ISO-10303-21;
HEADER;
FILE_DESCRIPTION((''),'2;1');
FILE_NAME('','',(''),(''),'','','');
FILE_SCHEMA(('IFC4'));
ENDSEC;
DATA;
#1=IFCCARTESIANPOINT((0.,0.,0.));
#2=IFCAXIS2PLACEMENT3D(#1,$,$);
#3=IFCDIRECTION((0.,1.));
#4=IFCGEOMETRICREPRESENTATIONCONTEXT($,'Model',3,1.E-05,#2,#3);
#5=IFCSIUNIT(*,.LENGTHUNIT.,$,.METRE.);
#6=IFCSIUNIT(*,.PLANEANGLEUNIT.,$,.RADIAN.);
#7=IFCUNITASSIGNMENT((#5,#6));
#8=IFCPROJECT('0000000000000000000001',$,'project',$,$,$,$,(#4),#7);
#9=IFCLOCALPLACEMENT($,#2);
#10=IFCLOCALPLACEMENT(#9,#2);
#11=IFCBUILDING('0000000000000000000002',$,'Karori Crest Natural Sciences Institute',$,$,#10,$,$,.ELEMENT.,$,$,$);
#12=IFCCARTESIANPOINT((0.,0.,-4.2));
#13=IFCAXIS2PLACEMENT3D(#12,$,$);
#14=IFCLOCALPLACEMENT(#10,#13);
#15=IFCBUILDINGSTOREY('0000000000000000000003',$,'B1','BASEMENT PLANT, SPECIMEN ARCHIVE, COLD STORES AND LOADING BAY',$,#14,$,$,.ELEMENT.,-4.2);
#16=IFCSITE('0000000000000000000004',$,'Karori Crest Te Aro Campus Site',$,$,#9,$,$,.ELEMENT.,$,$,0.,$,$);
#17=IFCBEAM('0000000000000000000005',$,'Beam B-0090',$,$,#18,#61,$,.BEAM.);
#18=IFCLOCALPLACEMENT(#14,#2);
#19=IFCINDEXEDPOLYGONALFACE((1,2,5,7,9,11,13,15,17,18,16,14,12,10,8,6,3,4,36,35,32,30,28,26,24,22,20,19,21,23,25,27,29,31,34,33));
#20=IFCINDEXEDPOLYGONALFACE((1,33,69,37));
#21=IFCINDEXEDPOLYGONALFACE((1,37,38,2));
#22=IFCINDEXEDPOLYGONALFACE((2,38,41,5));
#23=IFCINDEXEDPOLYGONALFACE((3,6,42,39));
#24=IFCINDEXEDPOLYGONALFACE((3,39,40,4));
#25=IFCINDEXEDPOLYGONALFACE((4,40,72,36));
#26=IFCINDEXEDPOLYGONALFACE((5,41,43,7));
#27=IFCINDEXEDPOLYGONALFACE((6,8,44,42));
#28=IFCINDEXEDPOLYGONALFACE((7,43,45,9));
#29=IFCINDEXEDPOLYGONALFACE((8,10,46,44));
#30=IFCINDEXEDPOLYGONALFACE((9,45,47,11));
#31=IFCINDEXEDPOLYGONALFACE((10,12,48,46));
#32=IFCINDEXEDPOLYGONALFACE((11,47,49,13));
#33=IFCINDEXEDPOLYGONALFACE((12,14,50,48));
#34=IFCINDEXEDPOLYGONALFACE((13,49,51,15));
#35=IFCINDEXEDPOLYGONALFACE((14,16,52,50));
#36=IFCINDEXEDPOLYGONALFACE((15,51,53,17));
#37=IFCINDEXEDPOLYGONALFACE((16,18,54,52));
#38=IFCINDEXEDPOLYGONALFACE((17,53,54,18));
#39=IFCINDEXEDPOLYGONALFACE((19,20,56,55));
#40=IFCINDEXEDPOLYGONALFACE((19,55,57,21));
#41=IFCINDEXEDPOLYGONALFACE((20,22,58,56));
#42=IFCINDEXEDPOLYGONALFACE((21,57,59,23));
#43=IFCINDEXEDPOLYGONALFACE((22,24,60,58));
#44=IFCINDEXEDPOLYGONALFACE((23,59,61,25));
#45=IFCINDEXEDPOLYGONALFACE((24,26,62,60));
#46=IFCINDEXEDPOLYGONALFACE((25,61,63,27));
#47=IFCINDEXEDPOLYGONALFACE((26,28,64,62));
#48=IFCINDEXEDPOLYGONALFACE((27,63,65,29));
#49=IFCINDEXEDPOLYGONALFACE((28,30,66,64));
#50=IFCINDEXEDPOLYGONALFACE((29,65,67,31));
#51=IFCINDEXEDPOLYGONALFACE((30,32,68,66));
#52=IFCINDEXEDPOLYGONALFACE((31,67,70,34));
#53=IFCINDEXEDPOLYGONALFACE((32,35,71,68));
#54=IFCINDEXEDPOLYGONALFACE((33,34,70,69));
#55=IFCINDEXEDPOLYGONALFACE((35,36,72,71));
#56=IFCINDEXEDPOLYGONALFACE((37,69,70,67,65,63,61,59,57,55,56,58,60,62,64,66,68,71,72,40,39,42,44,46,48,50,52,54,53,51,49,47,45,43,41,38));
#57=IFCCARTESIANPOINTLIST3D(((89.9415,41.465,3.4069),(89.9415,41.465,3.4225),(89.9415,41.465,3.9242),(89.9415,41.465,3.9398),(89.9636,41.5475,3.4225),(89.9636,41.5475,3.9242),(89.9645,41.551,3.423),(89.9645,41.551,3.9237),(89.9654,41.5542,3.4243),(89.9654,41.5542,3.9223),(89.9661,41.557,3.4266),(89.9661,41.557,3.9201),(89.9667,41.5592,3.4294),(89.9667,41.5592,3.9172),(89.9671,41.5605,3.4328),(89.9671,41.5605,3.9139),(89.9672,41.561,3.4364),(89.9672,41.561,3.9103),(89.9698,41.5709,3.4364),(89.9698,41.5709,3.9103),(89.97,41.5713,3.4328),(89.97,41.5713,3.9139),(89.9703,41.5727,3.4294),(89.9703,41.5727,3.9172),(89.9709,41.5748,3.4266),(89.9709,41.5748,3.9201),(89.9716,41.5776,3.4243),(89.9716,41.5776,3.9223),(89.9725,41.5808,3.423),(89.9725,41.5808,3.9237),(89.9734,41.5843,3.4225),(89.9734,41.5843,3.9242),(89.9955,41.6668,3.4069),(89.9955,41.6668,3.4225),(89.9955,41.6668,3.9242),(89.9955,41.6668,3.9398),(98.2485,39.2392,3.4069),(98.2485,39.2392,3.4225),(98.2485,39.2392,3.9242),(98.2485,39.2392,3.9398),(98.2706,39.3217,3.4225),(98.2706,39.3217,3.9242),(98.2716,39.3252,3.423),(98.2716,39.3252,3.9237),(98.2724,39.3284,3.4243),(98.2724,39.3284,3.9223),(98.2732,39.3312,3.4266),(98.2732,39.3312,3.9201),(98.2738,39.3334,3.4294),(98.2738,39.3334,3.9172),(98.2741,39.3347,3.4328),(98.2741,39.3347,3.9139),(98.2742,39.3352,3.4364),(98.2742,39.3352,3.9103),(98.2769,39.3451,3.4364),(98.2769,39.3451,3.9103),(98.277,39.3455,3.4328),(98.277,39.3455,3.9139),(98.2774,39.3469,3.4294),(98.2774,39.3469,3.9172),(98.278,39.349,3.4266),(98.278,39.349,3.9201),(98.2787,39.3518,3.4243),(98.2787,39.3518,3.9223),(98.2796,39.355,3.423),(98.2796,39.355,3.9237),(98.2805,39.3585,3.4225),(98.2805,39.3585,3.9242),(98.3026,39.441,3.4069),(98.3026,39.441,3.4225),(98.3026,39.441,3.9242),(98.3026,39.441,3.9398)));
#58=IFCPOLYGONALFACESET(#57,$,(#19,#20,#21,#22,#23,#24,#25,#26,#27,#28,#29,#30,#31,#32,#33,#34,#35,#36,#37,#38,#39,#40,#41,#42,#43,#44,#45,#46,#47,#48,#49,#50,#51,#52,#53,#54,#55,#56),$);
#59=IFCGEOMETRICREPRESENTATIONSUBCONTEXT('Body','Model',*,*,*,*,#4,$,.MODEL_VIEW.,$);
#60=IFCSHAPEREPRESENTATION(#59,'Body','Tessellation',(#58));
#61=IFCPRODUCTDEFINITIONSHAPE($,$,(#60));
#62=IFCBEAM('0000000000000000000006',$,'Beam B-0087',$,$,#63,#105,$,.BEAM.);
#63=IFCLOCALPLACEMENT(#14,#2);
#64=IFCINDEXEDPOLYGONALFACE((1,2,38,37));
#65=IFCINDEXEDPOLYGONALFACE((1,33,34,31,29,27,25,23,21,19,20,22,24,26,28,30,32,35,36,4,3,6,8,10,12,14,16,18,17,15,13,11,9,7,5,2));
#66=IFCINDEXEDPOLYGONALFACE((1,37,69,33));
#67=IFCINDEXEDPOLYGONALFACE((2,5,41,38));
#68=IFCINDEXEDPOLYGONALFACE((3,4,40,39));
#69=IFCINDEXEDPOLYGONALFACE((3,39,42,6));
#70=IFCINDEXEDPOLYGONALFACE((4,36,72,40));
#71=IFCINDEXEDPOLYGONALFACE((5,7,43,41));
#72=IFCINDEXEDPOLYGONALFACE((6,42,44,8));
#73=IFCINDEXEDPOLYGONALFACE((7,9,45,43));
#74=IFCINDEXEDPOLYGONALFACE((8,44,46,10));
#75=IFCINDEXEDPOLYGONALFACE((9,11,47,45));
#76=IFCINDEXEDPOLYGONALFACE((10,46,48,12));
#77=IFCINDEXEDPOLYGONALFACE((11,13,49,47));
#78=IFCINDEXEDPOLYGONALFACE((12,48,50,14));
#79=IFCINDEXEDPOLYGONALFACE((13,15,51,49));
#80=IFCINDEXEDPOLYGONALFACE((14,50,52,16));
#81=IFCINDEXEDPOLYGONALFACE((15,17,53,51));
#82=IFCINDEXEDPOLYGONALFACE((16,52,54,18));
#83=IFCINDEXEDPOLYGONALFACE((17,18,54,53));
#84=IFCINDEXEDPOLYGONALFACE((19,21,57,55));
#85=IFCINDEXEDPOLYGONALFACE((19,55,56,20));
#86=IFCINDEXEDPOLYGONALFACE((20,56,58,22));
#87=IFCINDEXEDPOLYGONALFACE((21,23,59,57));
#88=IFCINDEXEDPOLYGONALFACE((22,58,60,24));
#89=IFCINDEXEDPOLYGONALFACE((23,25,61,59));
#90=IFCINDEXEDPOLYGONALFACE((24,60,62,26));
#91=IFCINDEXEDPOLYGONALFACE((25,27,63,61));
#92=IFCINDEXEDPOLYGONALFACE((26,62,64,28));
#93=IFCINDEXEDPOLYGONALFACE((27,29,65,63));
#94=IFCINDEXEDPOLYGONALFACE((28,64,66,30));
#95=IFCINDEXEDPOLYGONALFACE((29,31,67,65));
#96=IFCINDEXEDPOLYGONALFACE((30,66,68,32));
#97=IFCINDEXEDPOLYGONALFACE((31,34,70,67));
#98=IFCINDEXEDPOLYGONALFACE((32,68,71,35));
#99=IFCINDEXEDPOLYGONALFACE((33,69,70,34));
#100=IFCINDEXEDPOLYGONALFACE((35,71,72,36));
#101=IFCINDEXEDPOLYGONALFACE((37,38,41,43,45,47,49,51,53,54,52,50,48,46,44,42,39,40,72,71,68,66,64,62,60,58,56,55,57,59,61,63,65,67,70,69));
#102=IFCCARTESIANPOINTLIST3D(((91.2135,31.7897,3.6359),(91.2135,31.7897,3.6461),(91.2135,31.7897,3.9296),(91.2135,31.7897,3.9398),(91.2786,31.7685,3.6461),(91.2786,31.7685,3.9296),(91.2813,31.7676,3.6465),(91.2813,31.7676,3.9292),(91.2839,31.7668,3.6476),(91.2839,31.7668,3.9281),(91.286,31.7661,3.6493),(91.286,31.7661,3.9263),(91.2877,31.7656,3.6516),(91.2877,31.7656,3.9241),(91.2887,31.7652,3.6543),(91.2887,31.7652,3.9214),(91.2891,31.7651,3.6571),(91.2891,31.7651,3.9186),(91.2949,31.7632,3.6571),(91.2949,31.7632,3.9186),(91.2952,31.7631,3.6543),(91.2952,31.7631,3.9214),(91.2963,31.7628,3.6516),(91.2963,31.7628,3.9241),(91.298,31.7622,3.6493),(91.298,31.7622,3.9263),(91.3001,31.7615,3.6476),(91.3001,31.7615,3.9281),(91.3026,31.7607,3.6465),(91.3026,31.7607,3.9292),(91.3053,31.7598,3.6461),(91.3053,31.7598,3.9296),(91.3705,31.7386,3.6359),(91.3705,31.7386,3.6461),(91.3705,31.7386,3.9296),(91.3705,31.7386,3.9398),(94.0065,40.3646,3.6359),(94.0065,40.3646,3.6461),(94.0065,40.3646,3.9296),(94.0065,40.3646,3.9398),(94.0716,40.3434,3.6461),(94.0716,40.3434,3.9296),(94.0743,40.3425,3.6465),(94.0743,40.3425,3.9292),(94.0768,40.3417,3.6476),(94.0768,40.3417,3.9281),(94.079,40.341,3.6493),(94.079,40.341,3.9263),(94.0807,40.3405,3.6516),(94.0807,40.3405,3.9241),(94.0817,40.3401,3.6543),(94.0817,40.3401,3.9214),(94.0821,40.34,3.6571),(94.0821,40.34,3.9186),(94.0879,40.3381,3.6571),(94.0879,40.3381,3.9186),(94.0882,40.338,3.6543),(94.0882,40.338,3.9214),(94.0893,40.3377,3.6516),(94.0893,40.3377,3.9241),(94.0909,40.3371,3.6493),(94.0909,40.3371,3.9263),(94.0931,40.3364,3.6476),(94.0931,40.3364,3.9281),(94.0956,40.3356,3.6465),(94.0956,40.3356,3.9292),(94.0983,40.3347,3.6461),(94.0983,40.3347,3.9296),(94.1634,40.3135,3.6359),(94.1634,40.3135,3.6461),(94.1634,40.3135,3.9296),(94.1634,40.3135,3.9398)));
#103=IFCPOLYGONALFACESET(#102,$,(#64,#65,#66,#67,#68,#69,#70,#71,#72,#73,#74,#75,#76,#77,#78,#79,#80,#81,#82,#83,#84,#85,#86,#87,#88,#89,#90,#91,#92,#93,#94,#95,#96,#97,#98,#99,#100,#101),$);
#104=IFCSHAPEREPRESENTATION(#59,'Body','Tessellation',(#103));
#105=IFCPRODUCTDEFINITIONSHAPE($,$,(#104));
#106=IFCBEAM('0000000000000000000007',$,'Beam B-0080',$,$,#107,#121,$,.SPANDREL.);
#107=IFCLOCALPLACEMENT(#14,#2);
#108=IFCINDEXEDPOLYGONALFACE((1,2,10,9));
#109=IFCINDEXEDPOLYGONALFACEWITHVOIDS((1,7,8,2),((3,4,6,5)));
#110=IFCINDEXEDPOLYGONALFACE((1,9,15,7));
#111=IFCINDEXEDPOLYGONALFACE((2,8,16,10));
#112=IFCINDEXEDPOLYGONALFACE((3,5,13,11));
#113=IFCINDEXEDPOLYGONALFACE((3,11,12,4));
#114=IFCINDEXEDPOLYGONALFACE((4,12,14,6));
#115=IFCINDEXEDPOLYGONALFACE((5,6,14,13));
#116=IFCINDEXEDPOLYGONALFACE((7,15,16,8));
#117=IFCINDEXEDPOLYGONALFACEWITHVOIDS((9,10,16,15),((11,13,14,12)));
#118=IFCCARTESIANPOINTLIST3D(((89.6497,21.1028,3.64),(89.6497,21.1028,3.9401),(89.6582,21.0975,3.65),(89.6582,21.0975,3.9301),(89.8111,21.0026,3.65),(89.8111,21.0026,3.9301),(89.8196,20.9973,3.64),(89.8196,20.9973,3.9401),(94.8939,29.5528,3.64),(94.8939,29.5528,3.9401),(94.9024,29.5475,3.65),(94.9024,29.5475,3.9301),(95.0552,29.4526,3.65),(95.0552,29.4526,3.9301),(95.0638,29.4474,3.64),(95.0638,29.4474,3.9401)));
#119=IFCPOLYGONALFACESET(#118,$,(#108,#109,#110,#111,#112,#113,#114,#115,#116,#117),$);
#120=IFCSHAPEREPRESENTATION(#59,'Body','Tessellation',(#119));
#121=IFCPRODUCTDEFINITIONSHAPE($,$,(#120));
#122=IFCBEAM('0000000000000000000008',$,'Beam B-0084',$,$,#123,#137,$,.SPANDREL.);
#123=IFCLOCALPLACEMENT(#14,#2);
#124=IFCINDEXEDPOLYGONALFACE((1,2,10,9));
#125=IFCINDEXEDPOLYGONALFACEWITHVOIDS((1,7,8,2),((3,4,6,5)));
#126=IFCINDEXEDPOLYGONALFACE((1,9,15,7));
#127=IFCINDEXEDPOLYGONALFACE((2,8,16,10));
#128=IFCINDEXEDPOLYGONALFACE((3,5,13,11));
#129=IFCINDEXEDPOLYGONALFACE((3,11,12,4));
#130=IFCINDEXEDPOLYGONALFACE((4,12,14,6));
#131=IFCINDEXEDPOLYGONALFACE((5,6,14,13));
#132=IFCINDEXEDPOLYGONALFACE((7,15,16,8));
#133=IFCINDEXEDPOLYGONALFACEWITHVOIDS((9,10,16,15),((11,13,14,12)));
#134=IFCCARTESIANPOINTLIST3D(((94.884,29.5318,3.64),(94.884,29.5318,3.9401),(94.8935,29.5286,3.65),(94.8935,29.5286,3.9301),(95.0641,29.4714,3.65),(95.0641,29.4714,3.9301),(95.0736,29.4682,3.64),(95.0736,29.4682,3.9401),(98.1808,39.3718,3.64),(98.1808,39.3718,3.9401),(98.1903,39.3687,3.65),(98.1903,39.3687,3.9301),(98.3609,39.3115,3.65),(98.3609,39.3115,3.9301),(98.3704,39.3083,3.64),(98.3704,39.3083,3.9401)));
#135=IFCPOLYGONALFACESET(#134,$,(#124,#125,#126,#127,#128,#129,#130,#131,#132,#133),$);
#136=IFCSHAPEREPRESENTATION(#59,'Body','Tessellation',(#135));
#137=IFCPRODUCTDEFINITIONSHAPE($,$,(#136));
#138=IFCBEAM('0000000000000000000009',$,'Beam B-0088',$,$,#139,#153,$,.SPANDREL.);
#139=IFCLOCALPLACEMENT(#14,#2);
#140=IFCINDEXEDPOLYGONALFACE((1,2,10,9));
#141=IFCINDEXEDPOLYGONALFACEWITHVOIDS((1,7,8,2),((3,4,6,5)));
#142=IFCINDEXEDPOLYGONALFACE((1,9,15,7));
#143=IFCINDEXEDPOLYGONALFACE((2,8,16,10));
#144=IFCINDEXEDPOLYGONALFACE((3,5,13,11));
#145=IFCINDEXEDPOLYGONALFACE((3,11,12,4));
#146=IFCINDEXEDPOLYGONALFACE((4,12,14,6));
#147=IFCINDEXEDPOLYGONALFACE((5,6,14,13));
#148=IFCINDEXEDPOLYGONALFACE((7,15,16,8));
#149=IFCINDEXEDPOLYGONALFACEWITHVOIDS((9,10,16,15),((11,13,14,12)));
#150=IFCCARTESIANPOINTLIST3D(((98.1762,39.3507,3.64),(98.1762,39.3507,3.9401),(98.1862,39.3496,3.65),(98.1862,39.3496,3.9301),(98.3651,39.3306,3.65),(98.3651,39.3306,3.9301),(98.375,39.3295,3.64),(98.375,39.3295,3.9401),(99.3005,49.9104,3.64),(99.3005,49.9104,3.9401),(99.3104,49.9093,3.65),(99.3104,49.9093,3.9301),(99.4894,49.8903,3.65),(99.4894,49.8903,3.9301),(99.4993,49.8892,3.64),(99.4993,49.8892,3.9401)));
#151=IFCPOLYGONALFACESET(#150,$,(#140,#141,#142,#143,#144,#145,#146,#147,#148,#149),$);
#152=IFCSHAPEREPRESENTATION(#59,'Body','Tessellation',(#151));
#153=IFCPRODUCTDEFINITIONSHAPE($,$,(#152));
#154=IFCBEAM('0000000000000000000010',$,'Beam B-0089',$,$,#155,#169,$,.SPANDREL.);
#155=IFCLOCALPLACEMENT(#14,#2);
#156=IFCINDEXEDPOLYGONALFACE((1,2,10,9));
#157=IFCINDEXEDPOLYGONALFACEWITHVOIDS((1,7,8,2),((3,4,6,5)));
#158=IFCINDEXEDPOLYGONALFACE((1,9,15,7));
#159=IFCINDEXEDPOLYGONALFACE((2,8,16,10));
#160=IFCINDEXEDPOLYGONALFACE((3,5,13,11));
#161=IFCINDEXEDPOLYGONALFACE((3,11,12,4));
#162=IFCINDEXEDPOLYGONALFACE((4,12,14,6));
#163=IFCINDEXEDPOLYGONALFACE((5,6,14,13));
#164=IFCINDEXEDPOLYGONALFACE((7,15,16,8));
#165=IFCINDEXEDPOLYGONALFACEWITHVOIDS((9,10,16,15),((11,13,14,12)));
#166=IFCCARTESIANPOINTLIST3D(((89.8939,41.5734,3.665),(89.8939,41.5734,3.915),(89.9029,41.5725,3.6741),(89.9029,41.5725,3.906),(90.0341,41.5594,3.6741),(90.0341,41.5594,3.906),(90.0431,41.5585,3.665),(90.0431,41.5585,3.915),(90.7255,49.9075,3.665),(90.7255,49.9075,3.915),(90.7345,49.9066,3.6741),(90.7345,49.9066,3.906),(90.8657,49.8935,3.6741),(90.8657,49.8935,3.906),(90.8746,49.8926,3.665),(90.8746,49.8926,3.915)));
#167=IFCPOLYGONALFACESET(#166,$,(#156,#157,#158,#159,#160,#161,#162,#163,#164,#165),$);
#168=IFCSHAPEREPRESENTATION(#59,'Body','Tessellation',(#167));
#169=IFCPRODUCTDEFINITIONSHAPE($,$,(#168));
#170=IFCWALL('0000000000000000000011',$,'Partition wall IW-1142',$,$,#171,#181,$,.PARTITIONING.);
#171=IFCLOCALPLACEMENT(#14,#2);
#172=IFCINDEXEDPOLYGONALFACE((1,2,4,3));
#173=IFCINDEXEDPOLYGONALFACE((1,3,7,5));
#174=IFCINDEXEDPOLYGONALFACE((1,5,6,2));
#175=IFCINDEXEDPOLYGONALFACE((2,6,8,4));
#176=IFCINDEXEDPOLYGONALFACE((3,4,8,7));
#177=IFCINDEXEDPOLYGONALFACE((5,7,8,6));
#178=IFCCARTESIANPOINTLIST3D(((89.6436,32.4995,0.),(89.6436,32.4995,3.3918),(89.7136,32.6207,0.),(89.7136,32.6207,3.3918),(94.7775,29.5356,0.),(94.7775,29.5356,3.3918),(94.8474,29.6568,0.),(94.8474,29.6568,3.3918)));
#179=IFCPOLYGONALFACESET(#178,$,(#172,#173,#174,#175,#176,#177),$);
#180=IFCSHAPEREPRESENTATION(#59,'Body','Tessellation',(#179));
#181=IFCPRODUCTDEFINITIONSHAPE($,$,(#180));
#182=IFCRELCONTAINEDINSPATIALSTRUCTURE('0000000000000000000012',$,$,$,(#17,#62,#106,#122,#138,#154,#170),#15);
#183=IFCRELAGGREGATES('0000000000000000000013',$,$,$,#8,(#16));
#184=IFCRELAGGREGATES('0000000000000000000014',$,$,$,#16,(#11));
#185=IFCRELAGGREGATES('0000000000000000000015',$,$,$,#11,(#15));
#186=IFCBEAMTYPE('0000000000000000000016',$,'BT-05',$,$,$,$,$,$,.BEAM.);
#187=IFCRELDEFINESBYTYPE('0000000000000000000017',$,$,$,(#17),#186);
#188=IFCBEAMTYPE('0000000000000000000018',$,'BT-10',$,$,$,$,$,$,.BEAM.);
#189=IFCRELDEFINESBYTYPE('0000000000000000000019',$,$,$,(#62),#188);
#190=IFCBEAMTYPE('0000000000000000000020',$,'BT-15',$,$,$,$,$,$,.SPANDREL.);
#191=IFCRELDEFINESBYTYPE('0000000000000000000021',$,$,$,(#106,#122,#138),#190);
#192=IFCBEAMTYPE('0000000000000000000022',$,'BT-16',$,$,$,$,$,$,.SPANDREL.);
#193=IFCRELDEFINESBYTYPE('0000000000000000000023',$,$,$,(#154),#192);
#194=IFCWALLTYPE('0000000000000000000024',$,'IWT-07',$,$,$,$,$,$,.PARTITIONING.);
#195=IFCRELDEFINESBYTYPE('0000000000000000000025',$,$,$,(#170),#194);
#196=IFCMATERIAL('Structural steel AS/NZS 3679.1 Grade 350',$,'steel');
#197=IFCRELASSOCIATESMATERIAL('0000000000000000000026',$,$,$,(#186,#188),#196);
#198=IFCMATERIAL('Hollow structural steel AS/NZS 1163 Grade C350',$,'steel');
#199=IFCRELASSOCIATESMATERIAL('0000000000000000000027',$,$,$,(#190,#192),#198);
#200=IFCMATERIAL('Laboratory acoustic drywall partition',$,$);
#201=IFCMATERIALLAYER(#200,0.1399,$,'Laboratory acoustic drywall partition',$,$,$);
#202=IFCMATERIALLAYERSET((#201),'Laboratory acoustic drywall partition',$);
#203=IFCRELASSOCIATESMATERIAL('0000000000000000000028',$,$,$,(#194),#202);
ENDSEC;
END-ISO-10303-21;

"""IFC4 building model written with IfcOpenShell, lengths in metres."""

from ifc_helpers import new_model, si_unit, direction, frame, frame_2d, origin, origin_2d, place, context, subcontext, project, spatial, rectangle, hollow_rectangle, i_section, extrude, material, layer, layer_set, material_profile, profile_set, type_object, element, save


model = new_model("IFC4")

# Units and contexts
model_context = context("Model", 3, precision=1e-05, world=origin(), true_north=direction((0.0, 1.0)))
body_context = subcontext(model_context, "Body", "Model", "MODEL_VIEW")
ifc_project = project(units=[si_unit("LENGTHUNIT", "METRE"), si_unit("PLANEANGLEUNIT", "RADIAN")], contexts=[model_context])

# Site, building, storey
site_placement = place(None, origin())
site = spatial("IfcSite", under=ifc_project, at=site_placement, Name="Karori Crest Te Aro Campus Site", CompositionType="ELEMENT", RefElevation=0.0)
building_placement = place(site_placement, origin())
building = spatial("IfcBuilding", under=site, at=building_placement, Name="Karori Crest Natural Sciences Institute", CompositionType="ELEMENT")
storey_placement = place(building_placement, frame((0.0, 0.0, -4.2)))
storey = spatial("IfcBuildingStorey", under=building, at=storey_placement, Name="B1", Description="BASEMENT PLANT, SPECIMEN ARCHIVE, COLD STORES AND LOADING BAY", CompositionType="ELEMENT", Elevation=-4.2)

# Shared definitions
ifc_material_1 = material(Name="Structural steel AS/NZS 3679.1 Grade 350", Category="steel")
ifc_material_2 = material(Name="Hollow structural steel AS/NZS 1163 Grade C350", Category="steel")

# Beams
ifc_material_profile_1 = material_profile(ifc_material_1, i_section(OverallWidth=0.209, OverallDepth=0.533, WebThickness=0.0103, FlangeThickness=0.0156, FilletRadius=0.0139, at=origin_2d()), Name="530UB92.4")
ifc_profile_set_1 = profile_set([ifc_material_profile_1], Name="Structural steel AS/NZS 3679.1 Grade 350")
beam_type_1 = type_object("IfcBeamType", Name="BT-05", PredefinedType="BEAM", material=ifc_profile_set_1)
beam_1_placement = place(storey_placement, frame((89.9685, 41.5659, 3.6733), z_axis=(0.965928, -0.258813, 0.0), x_axis=(0.258813, 0.965928, 0.0)))
element("IfcBeam", 1, at=beam_1_placement, inside=storey, type_object=beam_type_1, Name="Beam B-0090", PredefinedType="BEAM", context=body_context, shape_type="SweptSolid", body=[
    extrude(i_section(OverallWidth=0.209, OverallDepth=0.533, WebThickness=0.0103, FlangeThickness=0.0156, FilletRadius=0.0139, at=origin_2d()), origin(), (0.0, 0.0, 1.0), 8.6001),
])
ifc_material_profile_2 = material_profile(ifc_material_1, i_section(OverallWidth=0.165, OverallDepth=0.304, WebThickness=0.0061, FlangeThickness=0.0103, FilletRadius=0.011, at=origin_2d()), Name="310UB40.4")
ifc_profile_set_2 = profile_set([ifc_material_profile_2], Name="Structural steel AS/NZS 3679.1 Grade 350")
beam_type_2 = type_object("IfcBeamType", Name="BT-10", PredefinedType="BEAM", material=ifc_profile_set_2)
beam_2_placement = place(storey_placement, frame((91.292, 31.7642, 3.7878), z_axis=(0.309699, 0.950835, 0.0), x_axis=(-0.950835, 0.309699, 0.0)))
element("IfcBeam", 2, at=beam_2_placement, inside=storey, type_object=beam_type_2, Name="Beam B-0087", PredefinedType="BEAM", context=body_context, shape_type="SweptSolid", body=[
    extrude(i_section(OverallWidth=0.165, OverallDepth=0.304, WebThickness=0.0061, FlangeThickness=0.0103, FilletRadius=0.011, at=origin_2d()), origin(), (0.0, 0.0, 1.0), 9.0183),
])
ifc_material_profile_3 = material_profile(ifc_material_2, hollow_rectangle(XDim=0.2, YDim=0.3, WallThickness=0.01, at=origin_2d()), Name="RHS300x200x10")
ifc_profile_set_3 = profile_set([ifc_material_profile_3], Name="Hollow structural steel AS/NZS 1163 Grade C350")
beam_type_3 = type_object("IfcBeamType", Name="BT-15", PredefinedType="SPANDREL", material=ifc_profile_set_3)
beam_3_placement = place(storey_placement, frame((89.7346, 21.05, 3.79), z_axis=(0.527315, 0.84967, 0.0), x_axis=(-0.84967, 0.527315, 0.0)))
element("IfcBeam", 3, at=beam_3_placement, inside=storey, type_object=beam_type_3, Name="Beam B-0080", PredefinedType="SPANDREL", context=body_context, shape_type="SweptSolid", body=[
    extrude(hollow_rectangle(XDim=0.2, YDim=0.3, WallThickness=0.01, at=origin_2d()), origin(), (0.0, 0.0, 1.0), 9.9451),
])
beam_4_placement = place(storey_placement, frame((94.9788, 29.5, 3.79), z_axis=(0.317688, 0.948195, 0.0), x_axis=(-0.948195, 0.317688, 0.0)))
element("IfcBeam", 4, at=beam_4_placement, inside=storey, type_object=beam_type_3, Name="Beam B-0084", PredefinedType="SPANDREL", context=body_context, shape_type="SweptSolid", body=[
    extrude(hollow_rectangle(XDim=0.2, YDim=0.3, WallThickness=0.01, at=origin_2d()), origin(), (0.0, 0.0, 1.0), 10.3777),
])
beam_5_placement = place(storey_placement, frame((98.2756, 39.3401, 3.79), z_axis=(0.105868, 0.99438, 0.0), x_axis=(-0.99438, 0.105868, 0.0)))
element("IfcBeam", 5, at=beam_5_placement, inside=storey, type_object=beam_type_3, Name="Beam B-0088", PredefinedType="SPANDREL", context=body_context, shape_type="SweptSolid", body=[
    extrude(hollow_rectangle(XDim=0.2, YDim=0.3, WallThickness=0.01, at=origin_2d()), origin(), (0.0, 0.0, 1.0), 10.6194),
])
ifc_material_profile_4 = material_profile(ifc_material_2, hollow_rectangle(XDim=0.1499, YDim=0.25, WallThickness=0.009, at=origin_2d()), Name="RHS250x150x9")
ifc_profile_set_4 = profile_set([ifc_material_profile_4], Name="Hollow structural steel AS/NZS 1163 Grade C350")
beam_type_4 = type_object("IfcBeamType", Name="BT-16", PredefinedType="SPANDREL", material=ifc_profile_set_4)
beam_6_placement = place(storey_placement, frame((89.9685, 41.5659, 3.79), z_axis=(0.099284, 0.995059, 0.0), x_axis=(-0.995059, 0.099284, 0.0)))
element("IfcBeam", 6, at=beam_6_placement, inside=storey, type_object=beam_type_4, Name="Beam B-0089", PredefinedType="SPANDREL", context=body_context, shape_type="SweptSolid", body=[
    extrude(hollow_rectangle(XDim=0.1499, YDim=0.25, WallThickness=0.009, at=origin_2d()), origin(), (0.0, 0.0, 1.0), 8.3755),
])

# Wall
ifc_material_3 = material(Name="Laboratory acoustic drywall partition")
ifc_layer_1 = layer(ifc_material_3, 0.1399, Name="Laboratory acoustic drywall partition")
ifc_layer_set_1 = layer_set([ifc_layer_1], Name="Laboratory acoustic drywall partition")
wall_type_1 = type_object("IfcWallType", Name="IWT-07", PredefinedType="PARTITIONING", material=ifc_layer_set_1)
wall_1_placement = place(storey_placement, frame((89.6787, 32.5601, 0.0), z_axis=(0.0, 0.0, 1.0), x_axis=(0.866035, -0.499984, 0.0)))
element("IfcWall", 7, at=wall_1_placement, inside=storey, type_object=wall_type_1, Name="Partition wall IW-1142", PredefinedType="PARTITIONING", context=body_context, shape_type="SweptSolid", body=[
    extrude(rectangle(XDim=5.928, YDim=0.1399, at=frame_2d((2.9639, 0.0))), origin(), (0.0, 0.0, 1.0), 3.3918),
])

save(model, "model.ifc")
